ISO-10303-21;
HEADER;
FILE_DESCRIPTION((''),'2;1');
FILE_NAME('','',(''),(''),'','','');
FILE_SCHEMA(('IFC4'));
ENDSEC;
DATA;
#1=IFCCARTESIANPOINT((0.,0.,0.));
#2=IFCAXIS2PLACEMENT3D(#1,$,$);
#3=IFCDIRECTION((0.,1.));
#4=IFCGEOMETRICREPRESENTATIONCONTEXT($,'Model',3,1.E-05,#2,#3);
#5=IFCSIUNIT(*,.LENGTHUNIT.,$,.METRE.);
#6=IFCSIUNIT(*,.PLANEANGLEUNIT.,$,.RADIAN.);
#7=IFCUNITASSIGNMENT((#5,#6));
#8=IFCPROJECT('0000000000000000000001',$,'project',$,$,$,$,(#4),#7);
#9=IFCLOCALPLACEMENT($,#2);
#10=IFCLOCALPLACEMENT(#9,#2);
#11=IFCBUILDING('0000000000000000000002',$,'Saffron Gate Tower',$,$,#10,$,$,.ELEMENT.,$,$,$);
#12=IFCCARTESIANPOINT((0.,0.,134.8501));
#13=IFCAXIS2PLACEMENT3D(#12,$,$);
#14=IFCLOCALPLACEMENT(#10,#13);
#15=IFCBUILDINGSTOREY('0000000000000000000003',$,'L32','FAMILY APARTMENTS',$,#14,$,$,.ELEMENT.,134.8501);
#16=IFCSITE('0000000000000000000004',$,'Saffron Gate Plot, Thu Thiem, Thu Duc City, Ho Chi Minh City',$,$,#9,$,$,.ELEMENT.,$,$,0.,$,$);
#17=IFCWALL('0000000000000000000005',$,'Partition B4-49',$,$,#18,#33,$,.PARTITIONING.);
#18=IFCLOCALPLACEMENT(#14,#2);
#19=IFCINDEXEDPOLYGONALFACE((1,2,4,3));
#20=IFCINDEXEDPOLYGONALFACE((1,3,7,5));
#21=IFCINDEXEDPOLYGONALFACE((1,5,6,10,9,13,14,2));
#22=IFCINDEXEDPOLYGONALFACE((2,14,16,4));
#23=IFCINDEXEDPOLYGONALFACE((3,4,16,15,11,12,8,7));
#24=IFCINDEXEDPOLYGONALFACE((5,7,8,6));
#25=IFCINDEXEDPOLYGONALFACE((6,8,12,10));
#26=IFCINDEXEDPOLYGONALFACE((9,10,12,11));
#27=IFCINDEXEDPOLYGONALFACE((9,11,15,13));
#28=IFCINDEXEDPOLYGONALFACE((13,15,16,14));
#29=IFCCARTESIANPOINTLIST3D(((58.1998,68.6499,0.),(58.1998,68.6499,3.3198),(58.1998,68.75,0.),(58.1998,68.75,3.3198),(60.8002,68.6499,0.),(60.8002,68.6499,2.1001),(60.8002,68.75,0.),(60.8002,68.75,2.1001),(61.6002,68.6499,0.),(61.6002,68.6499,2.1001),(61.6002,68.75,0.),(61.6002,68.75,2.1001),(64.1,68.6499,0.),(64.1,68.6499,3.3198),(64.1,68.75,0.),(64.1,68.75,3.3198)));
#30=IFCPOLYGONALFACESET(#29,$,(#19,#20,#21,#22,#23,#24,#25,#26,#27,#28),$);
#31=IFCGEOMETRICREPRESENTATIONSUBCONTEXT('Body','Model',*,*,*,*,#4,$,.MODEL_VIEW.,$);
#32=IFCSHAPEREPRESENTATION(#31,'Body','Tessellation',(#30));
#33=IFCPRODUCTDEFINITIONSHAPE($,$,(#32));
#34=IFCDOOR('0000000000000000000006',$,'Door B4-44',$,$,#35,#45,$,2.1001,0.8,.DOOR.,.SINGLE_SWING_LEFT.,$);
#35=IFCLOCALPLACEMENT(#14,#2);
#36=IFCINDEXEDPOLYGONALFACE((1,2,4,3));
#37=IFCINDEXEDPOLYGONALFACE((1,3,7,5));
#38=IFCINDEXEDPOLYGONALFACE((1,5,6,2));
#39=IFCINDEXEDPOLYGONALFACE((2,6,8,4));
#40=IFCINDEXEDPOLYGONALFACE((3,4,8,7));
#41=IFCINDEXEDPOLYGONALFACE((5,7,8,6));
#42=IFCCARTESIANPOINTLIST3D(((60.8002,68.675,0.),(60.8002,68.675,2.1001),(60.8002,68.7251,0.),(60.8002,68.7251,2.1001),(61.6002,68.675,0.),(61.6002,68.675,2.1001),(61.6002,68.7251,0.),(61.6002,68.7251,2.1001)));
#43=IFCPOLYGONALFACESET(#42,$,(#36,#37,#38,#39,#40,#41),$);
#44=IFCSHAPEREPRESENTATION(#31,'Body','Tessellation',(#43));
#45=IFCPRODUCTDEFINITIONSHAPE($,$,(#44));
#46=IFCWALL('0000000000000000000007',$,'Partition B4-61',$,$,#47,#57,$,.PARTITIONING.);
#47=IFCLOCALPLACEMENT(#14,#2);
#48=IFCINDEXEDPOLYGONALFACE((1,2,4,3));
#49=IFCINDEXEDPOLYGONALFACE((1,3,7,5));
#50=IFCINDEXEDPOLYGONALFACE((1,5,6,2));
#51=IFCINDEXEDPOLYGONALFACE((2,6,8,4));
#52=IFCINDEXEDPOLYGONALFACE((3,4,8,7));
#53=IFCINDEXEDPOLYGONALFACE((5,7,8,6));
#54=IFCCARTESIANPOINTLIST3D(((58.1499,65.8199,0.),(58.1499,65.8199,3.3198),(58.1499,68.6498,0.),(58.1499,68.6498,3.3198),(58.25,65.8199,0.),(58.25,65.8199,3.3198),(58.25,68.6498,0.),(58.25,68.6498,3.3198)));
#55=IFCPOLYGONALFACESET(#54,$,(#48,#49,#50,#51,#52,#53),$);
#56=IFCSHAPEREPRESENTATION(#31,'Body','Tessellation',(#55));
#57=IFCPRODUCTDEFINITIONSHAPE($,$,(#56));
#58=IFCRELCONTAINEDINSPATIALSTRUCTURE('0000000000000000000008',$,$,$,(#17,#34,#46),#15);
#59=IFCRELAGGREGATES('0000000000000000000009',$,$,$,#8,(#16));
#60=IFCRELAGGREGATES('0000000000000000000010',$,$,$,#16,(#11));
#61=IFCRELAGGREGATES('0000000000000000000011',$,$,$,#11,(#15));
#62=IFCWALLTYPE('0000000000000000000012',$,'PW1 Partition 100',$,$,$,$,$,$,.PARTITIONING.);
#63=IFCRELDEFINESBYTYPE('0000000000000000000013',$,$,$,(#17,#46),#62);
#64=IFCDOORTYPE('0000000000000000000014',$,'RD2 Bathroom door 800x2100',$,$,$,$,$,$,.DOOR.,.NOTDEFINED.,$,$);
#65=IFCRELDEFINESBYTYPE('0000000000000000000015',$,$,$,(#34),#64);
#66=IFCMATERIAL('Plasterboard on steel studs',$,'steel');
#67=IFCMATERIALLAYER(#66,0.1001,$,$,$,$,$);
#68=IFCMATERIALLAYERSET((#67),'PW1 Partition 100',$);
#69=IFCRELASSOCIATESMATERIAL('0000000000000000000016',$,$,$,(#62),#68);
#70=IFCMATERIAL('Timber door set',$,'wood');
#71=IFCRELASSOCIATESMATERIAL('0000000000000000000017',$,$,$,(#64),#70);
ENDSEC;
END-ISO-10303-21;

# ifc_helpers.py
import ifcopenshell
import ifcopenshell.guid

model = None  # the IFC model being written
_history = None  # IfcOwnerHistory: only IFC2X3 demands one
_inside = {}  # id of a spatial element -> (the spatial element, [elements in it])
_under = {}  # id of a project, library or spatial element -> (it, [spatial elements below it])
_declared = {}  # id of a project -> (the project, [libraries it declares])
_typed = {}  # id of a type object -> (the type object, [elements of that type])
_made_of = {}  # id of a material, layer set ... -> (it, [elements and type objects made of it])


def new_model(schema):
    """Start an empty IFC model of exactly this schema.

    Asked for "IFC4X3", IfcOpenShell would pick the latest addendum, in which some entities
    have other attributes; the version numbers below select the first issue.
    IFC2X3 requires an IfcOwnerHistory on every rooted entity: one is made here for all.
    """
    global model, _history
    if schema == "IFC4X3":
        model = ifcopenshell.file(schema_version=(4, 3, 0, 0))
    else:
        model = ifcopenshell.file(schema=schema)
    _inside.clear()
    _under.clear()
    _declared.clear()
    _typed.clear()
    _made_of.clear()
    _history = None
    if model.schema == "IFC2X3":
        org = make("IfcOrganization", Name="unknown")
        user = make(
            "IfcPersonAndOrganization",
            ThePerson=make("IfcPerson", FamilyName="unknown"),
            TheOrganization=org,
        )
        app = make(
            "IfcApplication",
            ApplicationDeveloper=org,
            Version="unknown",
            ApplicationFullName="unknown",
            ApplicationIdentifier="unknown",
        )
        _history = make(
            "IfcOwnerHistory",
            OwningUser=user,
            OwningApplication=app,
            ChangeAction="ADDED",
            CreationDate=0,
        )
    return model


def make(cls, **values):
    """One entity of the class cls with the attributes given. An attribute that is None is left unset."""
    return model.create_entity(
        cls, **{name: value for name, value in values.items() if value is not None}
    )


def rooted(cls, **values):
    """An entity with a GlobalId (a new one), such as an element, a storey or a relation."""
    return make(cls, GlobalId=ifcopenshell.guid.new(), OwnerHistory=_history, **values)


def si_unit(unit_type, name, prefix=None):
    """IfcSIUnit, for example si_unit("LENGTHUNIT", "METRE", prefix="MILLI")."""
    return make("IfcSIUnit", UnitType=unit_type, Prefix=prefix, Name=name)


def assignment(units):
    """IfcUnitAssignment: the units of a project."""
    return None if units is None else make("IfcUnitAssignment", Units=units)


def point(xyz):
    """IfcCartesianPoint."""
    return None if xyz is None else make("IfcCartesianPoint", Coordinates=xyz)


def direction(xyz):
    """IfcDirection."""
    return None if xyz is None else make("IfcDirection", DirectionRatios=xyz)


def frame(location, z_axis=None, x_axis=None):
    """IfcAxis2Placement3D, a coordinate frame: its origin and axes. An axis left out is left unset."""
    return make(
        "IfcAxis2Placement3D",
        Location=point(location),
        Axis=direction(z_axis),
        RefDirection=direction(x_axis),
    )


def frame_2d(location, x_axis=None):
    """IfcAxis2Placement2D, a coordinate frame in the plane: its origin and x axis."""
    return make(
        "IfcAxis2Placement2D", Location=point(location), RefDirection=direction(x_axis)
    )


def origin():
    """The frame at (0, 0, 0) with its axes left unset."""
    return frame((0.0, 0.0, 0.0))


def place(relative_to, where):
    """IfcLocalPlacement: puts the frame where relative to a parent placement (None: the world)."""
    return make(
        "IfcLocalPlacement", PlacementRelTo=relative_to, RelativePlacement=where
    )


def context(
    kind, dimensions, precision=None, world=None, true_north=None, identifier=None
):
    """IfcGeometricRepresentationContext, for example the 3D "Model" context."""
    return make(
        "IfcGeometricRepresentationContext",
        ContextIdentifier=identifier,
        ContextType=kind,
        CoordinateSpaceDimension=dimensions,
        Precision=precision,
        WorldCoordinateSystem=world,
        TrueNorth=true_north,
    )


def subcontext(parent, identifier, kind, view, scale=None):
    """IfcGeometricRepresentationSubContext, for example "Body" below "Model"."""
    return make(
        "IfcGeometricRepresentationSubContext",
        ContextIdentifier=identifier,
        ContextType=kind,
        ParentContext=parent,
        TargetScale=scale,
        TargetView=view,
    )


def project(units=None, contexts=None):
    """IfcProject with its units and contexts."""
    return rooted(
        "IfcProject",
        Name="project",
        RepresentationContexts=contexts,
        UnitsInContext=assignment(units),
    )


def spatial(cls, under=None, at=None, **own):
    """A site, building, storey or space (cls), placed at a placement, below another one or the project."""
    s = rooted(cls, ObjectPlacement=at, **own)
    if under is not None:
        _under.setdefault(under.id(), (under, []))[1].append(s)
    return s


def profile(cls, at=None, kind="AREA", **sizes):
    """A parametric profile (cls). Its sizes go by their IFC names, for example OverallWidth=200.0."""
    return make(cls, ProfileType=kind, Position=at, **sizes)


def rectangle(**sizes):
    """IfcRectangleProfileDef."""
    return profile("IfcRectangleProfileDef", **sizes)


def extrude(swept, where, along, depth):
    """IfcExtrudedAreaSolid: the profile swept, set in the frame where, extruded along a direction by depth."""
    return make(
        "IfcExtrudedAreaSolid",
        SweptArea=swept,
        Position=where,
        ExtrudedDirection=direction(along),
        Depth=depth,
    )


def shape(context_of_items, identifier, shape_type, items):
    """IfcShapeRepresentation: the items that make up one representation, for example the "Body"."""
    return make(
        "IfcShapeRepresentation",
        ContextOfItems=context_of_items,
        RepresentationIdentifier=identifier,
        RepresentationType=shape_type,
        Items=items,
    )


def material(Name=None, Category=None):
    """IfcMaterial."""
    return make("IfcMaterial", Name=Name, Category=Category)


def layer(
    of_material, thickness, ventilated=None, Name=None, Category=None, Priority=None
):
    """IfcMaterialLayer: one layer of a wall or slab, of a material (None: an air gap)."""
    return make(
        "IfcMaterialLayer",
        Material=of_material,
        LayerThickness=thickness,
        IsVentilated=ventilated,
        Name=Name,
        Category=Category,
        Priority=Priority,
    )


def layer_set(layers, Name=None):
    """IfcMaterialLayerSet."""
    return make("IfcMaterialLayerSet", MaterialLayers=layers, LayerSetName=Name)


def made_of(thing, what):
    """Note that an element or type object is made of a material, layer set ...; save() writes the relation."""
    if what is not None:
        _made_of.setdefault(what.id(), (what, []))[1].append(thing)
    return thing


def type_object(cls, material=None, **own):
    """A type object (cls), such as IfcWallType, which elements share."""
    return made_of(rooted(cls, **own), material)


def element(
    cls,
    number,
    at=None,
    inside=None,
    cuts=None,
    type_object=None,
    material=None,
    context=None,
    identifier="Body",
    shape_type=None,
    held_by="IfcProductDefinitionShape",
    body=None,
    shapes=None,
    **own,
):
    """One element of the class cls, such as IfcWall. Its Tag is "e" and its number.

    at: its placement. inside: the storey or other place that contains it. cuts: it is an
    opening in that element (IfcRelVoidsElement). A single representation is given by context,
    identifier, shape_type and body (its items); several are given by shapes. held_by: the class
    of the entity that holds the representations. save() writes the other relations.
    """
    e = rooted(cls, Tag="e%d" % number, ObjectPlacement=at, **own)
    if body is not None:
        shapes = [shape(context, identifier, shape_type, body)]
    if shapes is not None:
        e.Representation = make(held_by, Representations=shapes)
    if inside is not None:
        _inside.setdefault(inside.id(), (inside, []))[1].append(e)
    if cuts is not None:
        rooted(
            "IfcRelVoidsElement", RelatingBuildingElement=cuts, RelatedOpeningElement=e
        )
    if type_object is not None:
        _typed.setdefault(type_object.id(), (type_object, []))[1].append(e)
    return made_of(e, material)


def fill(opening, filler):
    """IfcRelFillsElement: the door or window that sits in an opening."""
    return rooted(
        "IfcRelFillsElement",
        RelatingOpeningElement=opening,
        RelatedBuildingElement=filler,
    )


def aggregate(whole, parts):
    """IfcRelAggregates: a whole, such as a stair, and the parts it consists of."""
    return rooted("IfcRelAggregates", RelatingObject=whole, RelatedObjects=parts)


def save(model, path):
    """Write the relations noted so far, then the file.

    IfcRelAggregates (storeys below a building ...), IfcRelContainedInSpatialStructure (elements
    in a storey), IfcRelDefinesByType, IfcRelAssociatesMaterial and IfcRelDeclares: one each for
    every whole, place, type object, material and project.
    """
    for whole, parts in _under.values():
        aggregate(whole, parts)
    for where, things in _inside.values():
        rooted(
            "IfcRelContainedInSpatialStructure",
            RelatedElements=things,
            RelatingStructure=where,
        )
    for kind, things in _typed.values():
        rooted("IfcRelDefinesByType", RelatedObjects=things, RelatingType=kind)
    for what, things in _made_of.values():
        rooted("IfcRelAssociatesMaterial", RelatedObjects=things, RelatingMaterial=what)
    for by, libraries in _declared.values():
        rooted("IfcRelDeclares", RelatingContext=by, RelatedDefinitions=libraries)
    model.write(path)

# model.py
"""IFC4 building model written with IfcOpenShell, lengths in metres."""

from ifc_helpers import new_model, si_unit, direction, frame, frame_2d, origin, place, context, subcontext, project, spatial, rectangle, extrude, material, layer, layer_set, type_object, element, fill, save


model = new_model("IFC4")

# Units and contexts
model_context = context("Model", 3, precision=1e-05, world=origin(), true_north=direction((0.0, 1.0)))
body_context = subcontext(model_context, "Body", "Model", "MODEL_VIEW")
ifc_project = project(units=[si_unit("LENGTHUNIT", "METRE"), si_unit("PLANEANGLEUNIT", "RADIAN")], contexts=[model_context])

# Site, building, storey
site_placement = place(None, origin())
site = spatial("IfcSite", under=ifc_project, at=site_placement, Name="Saffron Gate Plot, Thu Thiem, Thu Duc City, Ho Chi Minh City", CompositionType="ELEMENT", RefElevation=0.0)
building_placement = place(site_placement, origin())
building = spatial("IfcBuilding", under=site, at=building_placement, Name="Saffron Gate Tower", CompositionType="ELEMENT")
storey_placement = place(building_placement, frame((0.0, 0.0, 134.8501)))
storey = spatial("IfcBuildingStorey", under=building, at=storey_placement, Name="L32", Description="FAMILY APARTMENTS", CompositionType="ELEMENT", Elevation=134.8501)

# Wall, opening, door
ifc_material_1 = material(Name="Plasterboard on steel studs", Category="steel")
ifc_layer_1 = layer(ifc_material_1, 0.1001)
ifc_layer_set_1 = layer_set([ifc_layer_1], Name="PW1 Partition 100")
wall_type = type_object("IfcWallType", Name="PW1 Partition 100", PredefinedType="PARTITIONING", material=ifc_layer_set_1)
wall_1_placement = place(storey_placement, frame((64.1001, 68.7, 0.0), z_axis=(0.0, 0.0, 1.0), x_axis=(-1.0, 0.0, 0.0)))
wall_1 = element("IfcWall", 1, at=wall_1_placement, inside=storey, type_object=wall_type, Name="Partition B4-49", PredefinedType="PARTITIONING", context=body_context, shape_type="SweptSolid", body=[
    extrude(rectangle(XDim=5.9001, YDim=0.1001, at=frame_2d((2.9502, 0.0))), origin(), (0.0, 0.0, 1.0), 3.3198),
])
opening_1_placement = place(wall_1_placement, frame((2.5, 0.0, 0.0)))
opening_1 = element("IfcOpeningElement", 2, at=opening_1_placement, cuts=wall_1, PredefinedType="OPENING", context=body_context, shape_type="SweptSolid", body=[
    extrude(rectangle(XDim=0.8, YDim=2.1001, at=frame_2d((0.3999, 1.05))), frame((0.0, 0.0601, 0.0), z_axis=(0.0, -1.0, 0.0), x_axis=(1.0, 0.0, 0.0)), (0.0, 0.0, 1.0), 0.1201),
])
ifc_material_2 = material(Name="Timber door set", Category="wood")
door_type = type_object("IfcDoorType", Name="RD2 Bathroom door 800x2100", OperationType="NOTDEFINED", PredefinedType="DOOR", material=ifc_material_2)
door_placement = place(opening_1_placement, origin())
door = element("IfcDoor", 3, at=door_placement, inside=storey, type_object=door_type, Name="Door B4-44", OperationType="SINGLE_SWING_LEFT", OverallHeight=2.1001, OverallWidth=0.8, PredefinedType="DOOR", context=body_context, shape_type="SweptSolid", body=[
    extrude(rectangle(XDim=0.8, YDim=2.1001, at=frame_2d((0.3999, 1.05))), frame((0.0, 0.0249, 0.0), z_axis=(0.0, -1.0, 0.0), x_axis=(1.0, 0.0, 0.0)), (0.0, 0.0, 1.0), 0.05),
])
fill(opening_1, door)

# Wall
wall_2_placement = place(storey_placement, frame((58.2, 68.6499, 0.0), z_axis=(0.0, 0.0, 1.0), x_axis=(0.0, -1.0, 0.0)))
element("IfcWall", 4, at=wall_2_placement, inside=storey, type_object=wall_type, Name="Partition B4-61", PredefinedType="PARTITIONING", context=body_context, shape_type="SweptSolid", body=[
    extrude(rectangle(XDim=2.8298, YDim=0.1001, at=frame_2d((1.415, 0.0))), origin(), (0.0, 0.0, 1.0), 3.3198),
])

save(model, "model.ifc")
